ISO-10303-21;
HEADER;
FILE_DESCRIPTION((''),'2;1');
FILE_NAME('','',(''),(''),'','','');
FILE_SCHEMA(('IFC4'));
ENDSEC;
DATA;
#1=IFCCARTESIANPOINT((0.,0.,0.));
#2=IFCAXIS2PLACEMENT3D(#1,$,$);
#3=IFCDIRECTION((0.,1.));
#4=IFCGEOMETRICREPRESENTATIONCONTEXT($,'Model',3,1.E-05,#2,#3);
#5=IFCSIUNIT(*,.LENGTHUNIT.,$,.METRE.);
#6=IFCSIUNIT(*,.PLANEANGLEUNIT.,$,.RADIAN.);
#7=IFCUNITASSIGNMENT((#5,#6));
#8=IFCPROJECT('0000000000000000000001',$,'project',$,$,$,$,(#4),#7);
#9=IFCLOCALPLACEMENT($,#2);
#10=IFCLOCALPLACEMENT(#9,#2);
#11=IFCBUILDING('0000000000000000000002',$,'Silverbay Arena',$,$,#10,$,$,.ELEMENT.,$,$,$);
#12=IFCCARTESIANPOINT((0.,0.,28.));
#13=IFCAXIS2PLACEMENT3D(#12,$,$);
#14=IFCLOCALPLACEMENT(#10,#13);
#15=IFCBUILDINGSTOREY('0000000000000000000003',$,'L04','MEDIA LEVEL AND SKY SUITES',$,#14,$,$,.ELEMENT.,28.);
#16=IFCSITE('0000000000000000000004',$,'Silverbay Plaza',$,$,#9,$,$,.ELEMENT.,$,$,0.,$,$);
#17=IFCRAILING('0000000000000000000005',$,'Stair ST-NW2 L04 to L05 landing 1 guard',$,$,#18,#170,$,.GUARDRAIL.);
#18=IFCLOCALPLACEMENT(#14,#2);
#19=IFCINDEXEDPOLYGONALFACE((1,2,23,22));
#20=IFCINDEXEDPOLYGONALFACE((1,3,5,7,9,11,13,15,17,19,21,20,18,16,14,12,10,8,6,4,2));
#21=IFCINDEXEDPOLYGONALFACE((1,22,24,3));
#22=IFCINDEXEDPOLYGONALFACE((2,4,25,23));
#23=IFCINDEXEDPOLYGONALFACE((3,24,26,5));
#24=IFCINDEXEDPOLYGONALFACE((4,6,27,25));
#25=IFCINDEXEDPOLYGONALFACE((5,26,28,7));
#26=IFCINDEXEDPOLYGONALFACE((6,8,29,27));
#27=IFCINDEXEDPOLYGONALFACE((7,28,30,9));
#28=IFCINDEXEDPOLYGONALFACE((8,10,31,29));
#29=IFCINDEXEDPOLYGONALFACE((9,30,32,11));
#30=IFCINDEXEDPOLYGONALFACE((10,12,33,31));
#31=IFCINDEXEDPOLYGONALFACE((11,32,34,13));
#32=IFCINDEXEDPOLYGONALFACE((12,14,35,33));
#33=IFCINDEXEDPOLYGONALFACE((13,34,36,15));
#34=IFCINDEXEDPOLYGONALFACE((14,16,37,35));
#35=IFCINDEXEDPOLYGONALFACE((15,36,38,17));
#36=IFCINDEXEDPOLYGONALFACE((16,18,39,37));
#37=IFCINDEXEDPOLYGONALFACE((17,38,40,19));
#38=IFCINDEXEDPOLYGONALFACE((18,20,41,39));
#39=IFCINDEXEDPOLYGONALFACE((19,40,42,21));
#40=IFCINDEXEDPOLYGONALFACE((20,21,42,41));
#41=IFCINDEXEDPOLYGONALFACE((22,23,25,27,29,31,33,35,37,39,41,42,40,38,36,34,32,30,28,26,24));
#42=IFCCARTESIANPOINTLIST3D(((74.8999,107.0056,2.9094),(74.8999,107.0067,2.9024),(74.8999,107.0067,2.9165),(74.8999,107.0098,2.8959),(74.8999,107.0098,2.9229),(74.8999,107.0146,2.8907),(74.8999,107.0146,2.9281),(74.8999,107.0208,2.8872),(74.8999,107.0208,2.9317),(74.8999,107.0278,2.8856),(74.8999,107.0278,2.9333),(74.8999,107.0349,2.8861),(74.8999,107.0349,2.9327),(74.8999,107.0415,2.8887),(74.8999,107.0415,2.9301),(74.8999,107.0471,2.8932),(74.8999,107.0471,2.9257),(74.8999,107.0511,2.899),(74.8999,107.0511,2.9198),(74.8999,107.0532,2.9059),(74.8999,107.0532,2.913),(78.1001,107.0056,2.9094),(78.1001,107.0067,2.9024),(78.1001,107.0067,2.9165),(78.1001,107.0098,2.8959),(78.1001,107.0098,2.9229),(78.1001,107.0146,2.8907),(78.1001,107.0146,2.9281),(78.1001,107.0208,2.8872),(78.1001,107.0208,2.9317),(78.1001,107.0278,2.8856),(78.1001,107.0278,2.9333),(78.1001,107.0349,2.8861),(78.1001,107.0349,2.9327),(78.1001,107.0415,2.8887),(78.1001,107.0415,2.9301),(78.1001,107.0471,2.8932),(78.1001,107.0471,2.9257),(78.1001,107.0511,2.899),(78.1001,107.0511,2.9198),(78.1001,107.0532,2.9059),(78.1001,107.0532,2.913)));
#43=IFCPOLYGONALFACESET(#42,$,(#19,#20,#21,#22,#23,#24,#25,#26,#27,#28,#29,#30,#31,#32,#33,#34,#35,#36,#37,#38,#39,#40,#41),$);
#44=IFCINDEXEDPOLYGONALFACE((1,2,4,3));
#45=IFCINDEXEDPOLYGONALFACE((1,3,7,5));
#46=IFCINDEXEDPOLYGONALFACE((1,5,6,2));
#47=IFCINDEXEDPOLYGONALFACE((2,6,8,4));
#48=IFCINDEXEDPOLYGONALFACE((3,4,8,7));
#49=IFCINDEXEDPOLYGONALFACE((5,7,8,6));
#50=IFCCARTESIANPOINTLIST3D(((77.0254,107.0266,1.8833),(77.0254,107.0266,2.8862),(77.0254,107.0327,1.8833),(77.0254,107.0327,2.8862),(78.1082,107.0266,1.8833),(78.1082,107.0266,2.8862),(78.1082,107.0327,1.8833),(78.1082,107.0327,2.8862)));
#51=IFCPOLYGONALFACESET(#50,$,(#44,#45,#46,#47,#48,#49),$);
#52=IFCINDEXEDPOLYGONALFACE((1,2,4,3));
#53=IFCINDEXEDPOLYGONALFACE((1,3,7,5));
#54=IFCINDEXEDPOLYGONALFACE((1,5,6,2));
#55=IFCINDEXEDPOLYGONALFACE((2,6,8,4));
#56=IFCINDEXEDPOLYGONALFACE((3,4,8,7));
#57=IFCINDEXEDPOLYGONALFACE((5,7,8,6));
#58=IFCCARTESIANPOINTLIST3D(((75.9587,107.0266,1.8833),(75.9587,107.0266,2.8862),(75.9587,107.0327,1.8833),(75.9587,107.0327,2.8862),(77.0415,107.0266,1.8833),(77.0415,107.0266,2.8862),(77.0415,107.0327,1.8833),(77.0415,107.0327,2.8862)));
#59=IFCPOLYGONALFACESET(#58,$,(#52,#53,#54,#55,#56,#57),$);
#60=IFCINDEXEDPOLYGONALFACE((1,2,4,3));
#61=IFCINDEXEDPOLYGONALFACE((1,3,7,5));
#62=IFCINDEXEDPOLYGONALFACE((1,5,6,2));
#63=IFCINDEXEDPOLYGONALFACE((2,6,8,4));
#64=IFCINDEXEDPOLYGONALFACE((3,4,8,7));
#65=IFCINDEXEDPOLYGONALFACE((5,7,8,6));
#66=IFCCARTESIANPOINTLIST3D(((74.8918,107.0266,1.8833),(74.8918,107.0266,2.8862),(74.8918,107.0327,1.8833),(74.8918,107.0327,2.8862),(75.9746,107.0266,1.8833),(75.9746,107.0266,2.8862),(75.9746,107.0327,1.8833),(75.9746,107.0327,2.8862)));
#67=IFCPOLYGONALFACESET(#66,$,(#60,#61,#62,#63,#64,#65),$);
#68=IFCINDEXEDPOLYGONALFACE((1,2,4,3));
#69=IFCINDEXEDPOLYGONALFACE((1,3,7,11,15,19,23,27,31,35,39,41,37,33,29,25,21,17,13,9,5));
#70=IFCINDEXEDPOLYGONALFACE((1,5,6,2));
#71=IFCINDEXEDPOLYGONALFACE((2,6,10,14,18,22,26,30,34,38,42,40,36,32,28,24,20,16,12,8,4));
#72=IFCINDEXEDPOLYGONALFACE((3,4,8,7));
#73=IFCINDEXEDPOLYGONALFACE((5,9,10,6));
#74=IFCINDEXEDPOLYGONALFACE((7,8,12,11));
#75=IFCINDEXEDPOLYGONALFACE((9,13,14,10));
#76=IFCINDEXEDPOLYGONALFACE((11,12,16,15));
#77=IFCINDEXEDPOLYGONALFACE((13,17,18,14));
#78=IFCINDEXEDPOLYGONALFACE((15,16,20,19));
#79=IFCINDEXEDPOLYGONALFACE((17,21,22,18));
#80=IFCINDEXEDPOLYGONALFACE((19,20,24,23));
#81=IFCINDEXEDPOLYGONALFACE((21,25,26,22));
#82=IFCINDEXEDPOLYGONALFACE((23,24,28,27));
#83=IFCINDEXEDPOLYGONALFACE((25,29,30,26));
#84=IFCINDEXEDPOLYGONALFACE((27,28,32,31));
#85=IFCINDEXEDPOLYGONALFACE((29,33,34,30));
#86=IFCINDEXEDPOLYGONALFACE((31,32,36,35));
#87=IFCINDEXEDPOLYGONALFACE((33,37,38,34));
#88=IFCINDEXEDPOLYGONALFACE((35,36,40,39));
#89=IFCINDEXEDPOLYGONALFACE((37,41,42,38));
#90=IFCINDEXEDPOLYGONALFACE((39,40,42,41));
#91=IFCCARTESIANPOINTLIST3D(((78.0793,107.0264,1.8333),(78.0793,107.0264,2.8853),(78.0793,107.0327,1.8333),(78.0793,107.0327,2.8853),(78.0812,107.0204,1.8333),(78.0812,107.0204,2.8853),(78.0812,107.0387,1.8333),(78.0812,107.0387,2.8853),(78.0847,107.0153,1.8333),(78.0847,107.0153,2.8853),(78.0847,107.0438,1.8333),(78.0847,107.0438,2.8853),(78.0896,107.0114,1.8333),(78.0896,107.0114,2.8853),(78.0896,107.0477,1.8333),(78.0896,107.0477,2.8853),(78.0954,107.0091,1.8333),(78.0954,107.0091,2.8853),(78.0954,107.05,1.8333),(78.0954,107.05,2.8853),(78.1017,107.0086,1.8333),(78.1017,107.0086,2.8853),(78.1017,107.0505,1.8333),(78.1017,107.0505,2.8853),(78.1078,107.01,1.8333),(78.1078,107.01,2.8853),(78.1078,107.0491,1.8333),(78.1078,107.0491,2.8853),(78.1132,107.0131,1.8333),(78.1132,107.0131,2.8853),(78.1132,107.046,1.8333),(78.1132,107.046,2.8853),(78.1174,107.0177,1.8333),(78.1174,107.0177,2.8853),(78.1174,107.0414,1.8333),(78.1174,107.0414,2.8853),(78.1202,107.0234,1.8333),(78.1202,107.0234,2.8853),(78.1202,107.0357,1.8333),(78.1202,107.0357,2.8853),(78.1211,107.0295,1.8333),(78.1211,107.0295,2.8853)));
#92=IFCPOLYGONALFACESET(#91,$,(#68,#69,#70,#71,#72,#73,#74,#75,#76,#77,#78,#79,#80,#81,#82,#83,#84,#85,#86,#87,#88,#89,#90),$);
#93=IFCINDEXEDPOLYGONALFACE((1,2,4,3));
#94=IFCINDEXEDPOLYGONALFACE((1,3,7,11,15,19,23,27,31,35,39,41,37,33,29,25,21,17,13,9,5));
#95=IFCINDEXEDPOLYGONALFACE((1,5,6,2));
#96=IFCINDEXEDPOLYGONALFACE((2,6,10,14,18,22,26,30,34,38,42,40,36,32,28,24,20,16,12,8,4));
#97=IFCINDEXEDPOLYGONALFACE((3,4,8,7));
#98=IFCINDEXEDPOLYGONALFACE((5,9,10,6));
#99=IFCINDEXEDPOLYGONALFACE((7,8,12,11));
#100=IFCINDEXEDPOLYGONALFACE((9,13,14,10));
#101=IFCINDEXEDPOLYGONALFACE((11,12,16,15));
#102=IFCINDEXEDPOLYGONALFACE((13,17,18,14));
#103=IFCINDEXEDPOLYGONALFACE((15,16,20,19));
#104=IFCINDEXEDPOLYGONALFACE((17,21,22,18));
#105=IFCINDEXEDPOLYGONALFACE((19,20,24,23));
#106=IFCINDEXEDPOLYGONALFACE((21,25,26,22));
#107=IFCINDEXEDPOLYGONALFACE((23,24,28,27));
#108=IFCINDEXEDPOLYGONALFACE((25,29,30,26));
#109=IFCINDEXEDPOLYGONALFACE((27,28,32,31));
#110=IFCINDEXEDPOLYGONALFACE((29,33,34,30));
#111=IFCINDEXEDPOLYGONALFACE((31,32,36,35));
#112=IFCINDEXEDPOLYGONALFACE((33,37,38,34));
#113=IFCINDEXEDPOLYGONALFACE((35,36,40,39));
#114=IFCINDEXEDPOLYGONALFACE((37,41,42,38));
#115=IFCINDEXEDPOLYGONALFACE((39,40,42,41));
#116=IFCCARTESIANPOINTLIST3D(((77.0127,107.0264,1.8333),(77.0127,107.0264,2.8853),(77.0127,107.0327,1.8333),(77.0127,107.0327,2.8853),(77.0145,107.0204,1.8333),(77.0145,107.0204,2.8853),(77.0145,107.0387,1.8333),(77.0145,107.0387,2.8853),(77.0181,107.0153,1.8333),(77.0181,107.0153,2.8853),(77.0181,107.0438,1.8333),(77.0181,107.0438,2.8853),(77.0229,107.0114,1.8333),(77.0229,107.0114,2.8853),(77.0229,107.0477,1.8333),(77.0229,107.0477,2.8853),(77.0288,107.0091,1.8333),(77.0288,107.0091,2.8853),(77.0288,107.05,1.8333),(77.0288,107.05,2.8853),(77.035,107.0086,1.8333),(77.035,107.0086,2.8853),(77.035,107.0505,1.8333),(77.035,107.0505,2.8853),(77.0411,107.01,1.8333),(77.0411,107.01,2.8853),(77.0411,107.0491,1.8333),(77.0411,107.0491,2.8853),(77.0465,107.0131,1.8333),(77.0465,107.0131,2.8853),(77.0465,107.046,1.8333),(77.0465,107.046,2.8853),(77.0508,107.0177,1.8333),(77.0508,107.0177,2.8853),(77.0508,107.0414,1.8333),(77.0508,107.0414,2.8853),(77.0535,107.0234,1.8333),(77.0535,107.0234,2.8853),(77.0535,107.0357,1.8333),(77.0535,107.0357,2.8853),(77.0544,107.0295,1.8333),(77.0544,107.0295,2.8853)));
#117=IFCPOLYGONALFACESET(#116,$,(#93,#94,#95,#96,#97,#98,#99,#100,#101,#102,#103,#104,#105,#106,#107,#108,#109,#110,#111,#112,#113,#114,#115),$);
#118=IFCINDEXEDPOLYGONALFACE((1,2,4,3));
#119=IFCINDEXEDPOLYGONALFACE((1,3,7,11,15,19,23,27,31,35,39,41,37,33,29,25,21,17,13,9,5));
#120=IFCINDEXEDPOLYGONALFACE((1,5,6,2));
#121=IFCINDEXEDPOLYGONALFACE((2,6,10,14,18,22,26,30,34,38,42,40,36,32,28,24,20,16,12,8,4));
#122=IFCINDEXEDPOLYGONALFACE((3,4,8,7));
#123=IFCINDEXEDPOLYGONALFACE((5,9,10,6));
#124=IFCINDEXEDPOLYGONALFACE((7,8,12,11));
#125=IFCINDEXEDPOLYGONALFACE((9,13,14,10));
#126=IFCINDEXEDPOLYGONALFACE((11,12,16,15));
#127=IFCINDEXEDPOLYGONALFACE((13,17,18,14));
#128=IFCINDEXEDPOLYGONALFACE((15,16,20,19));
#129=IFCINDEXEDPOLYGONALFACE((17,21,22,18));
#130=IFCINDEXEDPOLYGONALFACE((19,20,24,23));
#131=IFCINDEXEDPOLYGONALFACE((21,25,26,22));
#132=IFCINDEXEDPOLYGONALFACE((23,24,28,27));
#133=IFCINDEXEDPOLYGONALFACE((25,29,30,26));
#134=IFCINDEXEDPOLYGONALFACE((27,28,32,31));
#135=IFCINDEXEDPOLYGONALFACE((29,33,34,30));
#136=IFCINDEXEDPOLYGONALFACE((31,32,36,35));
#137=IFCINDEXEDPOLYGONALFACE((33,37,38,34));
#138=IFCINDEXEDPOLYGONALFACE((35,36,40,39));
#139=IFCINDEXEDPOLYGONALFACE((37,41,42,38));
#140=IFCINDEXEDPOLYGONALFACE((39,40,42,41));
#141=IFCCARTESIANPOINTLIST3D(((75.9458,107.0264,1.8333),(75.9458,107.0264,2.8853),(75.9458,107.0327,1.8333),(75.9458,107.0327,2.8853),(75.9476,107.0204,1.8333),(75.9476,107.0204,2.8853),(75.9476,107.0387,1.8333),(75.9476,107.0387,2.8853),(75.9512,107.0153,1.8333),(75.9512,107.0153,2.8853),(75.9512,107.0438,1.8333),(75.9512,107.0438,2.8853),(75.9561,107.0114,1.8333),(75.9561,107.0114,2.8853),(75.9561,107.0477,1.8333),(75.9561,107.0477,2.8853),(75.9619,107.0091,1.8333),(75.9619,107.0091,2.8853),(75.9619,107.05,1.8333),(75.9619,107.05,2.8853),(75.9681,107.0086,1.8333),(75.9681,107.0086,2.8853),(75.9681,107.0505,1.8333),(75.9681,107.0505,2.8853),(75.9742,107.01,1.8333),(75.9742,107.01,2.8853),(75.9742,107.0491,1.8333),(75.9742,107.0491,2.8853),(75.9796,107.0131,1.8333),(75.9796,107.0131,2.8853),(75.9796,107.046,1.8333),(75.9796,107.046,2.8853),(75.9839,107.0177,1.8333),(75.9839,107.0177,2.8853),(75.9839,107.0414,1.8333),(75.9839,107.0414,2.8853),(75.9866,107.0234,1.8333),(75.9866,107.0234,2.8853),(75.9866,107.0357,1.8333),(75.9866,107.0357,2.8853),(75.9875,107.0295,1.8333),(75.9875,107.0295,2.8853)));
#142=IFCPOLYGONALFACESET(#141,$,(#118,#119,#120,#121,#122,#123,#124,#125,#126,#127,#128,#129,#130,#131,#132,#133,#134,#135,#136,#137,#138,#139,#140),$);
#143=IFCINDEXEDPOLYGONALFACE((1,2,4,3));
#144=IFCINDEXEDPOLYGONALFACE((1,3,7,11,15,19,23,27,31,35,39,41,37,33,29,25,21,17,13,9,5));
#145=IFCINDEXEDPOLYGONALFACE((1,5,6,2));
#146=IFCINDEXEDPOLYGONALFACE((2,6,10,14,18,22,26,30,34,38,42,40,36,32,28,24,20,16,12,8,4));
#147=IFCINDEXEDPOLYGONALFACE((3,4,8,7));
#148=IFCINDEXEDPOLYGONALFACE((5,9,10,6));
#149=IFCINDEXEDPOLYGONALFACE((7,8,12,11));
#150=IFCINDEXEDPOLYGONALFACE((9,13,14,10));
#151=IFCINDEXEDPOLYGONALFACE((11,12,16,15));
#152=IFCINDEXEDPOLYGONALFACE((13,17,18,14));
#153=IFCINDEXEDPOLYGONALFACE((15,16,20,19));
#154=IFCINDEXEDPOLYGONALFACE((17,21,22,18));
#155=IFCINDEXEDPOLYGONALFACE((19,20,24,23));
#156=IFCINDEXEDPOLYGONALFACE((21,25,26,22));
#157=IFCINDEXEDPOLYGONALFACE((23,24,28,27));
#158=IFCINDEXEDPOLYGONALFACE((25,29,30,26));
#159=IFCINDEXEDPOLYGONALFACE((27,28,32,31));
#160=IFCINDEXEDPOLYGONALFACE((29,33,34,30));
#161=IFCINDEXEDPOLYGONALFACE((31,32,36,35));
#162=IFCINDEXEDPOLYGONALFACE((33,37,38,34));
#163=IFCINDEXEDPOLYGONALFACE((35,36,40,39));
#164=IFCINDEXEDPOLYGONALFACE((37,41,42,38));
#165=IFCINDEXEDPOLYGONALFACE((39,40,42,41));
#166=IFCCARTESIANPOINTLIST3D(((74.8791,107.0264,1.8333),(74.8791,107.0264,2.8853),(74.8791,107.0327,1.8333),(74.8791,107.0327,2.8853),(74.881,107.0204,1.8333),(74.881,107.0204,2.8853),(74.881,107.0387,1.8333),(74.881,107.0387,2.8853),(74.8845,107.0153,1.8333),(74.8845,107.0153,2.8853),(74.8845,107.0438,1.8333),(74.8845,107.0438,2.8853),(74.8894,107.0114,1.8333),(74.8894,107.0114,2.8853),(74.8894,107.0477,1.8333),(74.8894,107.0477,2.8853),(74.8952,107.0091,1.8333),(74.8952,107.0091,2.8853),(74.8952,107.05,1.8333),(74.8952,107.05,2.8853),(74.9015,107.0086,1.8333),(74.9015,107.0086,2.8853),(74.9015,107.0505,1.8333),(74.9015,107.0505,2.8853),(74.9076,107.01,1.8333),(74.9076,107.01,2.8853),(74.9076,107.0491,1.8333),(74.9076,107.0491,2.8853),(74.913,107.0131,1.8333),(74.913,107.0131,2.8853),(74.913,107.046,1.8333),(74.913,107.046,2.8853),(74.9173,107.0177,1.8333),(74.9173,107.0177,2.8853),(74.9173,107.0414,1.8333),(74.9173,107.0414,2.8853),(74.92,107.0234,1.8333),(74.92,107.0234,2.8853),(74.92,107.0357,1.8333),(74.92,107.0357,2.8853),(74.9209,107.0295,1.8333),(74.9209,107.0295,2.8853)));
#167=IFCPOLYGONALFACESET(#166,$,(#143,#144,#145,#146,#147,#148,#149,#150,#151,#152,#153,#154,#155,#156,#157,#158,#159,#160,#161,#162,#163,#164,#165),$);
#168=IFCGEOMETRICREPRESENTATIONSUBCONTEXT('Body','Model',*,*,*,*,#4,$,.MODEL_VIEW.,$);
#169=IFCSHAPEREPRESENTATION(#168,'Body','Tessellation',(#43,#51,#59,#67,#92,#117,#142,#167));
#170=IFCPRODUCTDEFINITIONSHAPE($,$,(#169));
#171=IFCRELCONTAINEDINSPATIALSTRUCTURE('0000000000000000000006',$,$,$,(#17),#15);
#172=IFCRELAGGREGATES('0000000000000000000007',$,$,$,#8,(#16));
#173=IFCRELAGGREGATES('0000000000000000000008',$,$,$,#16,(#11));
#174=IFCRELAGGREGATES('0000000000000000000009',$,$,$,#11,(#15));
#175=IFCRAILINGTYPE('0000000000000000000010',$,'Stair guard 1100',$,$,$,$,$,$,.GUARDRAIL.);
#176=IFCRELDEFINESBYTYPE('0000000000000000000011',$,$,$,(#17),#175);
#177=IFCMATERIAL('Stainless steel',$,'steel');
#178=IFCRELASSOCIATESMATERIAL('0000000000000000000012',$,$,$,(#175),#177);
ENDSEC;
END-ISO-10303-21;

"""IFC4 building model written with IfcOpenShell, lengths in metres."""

from ifc_helpers import new_model, si_unit, direction, frame, origin, origin_2d, place, context, subcontext, project, spatial, polyline, circle, outline, extrude, material, type_object, element, save


model = new_model("IFC4")

# Units and contexts
model_context = context("Model", 3, precision=1e-05, world=origin(), true_north=direction((0.0, 1.0)))
body_context = subcontext(model_context, "Body", "Model", "MODEL_VIEW")
ifc_project = project(units=[si_unit("LENGTHUNIT", "METRE"), si_unit("PLANEANGLEUNIT", "RADIAN")], contexts=[model_context])

# Site, building, storey
site_placement = place(None, origin())
site = spatial("IfcSite", under=ifc_project, at=site_placement, Name="Silverbay Plaza", CompositionType="ELEMENT", RefElevation=0.0)
building_placement = place(site_placement, origin())
building = spatial("IfcBuilding", under=site, at=building_placement, Name="Silverbay Arena", CompositionType="ELEMENT")
storey_placement = place(building_placement, frame((0.0, 0.0, 28.0)))
storey = spatial("IfcBuildingStorey", under=building, at=storey_placement, Name="L04", Description="MEDIA LEVEL AND SKY SUITES", CompositionType="ELEMENT", Elevation=28.0)

# Railing
ifc_material_1 = material(Name="Stainless steel", Category="steel")
railing_type_1 = type_object("IfcRailingType", Name="Stair guard 1100", PredefinedType="GUARDRAIL", material=ifc_material_1)
for number, where, name in (
    (1, (78.1001, 107.0295, 1.8333), "Stair ST-NW2 L04 to L05 landing 1 guard"),
):
    element("IfcRailing", number, at=place(storey_placement, frame(where)), inside=storey, type_object=railing_type_1, Name=name, PredefinedType="GUARDRAIL", context=body_context, shape_type="SweptSolid", body=[
        extrude(circle(Radius=0.0239, at=origin_2d()), frame((0.0, 0.0, 1.0762), z_axis=(-1.0, 0.0, 0.0), x_axis=(0.0, -1.0, 0.0)), (0.0, 0.0, 1.0), 3.2002),
        extrude(outline(polyline([(-0.0081, 0.05), (1.0747, 0.05), (1.0747, 1.053), (-0.0081, 1.053), (-0.0081, 0.05)])), frame((0.0, -0.0029, 0.0), z_axis=(0.0, 1.0, 0.0), x_axis=(-1.0, 0.0, 0.0)), (0.0, 0.0, 1.0), 0.0061),
        extrude(outline(polyline([(-0.0081, 0.05), (1.0747, 0.05), (1.0747, 1.053), (-0.0081, 1.053), (-0.0081, 0.05)])), frame((-1.0667, -0.0029, 0.0), z_axis=(0.0, 1.0, 0.0), x_axis=(-1.0, 0.0, 0.0)), (0.0, 0.0, 1.0), 0.0061),
        extrude(outline(polyline([(-0.0081, 0.05), (1.0747, 0.05), (1.0747, 1.053), (-0.0081, 1.053), (-0.0081, 0.05)])), frame((-2.1335, -0.0029, 0.0), z_axis=(0.0, 1.0, 0.0), x_axis=(-1.0, 0.0, 0.0)), (0.0, 0.0, 1.0), 0.0061),
        extrude(circle(Radius=0.021, at=origin_2d()), origin(), (0.0, 0.0, 1.0), 1.052),
        extrude(circle(Radius=0.021, at=origin_2d()), frame((-1.0667, 0.0, 0.0)), (0.0, 0.0, 1.0), 1.052),
        extrude(circle(Radius=0.021, at=origin_2d()), frame((-2.1335, 0.0, 0.0)), (0.0, 0.0, 1.0), 1.052),
        extrude(circle(Radius=0.021, at=origin_2d()), frame((-3.2002, 0.0, 0.0)), (0.0, 0.0, 1.0), 1.052),
    ])

save(model, "model.ifc")
